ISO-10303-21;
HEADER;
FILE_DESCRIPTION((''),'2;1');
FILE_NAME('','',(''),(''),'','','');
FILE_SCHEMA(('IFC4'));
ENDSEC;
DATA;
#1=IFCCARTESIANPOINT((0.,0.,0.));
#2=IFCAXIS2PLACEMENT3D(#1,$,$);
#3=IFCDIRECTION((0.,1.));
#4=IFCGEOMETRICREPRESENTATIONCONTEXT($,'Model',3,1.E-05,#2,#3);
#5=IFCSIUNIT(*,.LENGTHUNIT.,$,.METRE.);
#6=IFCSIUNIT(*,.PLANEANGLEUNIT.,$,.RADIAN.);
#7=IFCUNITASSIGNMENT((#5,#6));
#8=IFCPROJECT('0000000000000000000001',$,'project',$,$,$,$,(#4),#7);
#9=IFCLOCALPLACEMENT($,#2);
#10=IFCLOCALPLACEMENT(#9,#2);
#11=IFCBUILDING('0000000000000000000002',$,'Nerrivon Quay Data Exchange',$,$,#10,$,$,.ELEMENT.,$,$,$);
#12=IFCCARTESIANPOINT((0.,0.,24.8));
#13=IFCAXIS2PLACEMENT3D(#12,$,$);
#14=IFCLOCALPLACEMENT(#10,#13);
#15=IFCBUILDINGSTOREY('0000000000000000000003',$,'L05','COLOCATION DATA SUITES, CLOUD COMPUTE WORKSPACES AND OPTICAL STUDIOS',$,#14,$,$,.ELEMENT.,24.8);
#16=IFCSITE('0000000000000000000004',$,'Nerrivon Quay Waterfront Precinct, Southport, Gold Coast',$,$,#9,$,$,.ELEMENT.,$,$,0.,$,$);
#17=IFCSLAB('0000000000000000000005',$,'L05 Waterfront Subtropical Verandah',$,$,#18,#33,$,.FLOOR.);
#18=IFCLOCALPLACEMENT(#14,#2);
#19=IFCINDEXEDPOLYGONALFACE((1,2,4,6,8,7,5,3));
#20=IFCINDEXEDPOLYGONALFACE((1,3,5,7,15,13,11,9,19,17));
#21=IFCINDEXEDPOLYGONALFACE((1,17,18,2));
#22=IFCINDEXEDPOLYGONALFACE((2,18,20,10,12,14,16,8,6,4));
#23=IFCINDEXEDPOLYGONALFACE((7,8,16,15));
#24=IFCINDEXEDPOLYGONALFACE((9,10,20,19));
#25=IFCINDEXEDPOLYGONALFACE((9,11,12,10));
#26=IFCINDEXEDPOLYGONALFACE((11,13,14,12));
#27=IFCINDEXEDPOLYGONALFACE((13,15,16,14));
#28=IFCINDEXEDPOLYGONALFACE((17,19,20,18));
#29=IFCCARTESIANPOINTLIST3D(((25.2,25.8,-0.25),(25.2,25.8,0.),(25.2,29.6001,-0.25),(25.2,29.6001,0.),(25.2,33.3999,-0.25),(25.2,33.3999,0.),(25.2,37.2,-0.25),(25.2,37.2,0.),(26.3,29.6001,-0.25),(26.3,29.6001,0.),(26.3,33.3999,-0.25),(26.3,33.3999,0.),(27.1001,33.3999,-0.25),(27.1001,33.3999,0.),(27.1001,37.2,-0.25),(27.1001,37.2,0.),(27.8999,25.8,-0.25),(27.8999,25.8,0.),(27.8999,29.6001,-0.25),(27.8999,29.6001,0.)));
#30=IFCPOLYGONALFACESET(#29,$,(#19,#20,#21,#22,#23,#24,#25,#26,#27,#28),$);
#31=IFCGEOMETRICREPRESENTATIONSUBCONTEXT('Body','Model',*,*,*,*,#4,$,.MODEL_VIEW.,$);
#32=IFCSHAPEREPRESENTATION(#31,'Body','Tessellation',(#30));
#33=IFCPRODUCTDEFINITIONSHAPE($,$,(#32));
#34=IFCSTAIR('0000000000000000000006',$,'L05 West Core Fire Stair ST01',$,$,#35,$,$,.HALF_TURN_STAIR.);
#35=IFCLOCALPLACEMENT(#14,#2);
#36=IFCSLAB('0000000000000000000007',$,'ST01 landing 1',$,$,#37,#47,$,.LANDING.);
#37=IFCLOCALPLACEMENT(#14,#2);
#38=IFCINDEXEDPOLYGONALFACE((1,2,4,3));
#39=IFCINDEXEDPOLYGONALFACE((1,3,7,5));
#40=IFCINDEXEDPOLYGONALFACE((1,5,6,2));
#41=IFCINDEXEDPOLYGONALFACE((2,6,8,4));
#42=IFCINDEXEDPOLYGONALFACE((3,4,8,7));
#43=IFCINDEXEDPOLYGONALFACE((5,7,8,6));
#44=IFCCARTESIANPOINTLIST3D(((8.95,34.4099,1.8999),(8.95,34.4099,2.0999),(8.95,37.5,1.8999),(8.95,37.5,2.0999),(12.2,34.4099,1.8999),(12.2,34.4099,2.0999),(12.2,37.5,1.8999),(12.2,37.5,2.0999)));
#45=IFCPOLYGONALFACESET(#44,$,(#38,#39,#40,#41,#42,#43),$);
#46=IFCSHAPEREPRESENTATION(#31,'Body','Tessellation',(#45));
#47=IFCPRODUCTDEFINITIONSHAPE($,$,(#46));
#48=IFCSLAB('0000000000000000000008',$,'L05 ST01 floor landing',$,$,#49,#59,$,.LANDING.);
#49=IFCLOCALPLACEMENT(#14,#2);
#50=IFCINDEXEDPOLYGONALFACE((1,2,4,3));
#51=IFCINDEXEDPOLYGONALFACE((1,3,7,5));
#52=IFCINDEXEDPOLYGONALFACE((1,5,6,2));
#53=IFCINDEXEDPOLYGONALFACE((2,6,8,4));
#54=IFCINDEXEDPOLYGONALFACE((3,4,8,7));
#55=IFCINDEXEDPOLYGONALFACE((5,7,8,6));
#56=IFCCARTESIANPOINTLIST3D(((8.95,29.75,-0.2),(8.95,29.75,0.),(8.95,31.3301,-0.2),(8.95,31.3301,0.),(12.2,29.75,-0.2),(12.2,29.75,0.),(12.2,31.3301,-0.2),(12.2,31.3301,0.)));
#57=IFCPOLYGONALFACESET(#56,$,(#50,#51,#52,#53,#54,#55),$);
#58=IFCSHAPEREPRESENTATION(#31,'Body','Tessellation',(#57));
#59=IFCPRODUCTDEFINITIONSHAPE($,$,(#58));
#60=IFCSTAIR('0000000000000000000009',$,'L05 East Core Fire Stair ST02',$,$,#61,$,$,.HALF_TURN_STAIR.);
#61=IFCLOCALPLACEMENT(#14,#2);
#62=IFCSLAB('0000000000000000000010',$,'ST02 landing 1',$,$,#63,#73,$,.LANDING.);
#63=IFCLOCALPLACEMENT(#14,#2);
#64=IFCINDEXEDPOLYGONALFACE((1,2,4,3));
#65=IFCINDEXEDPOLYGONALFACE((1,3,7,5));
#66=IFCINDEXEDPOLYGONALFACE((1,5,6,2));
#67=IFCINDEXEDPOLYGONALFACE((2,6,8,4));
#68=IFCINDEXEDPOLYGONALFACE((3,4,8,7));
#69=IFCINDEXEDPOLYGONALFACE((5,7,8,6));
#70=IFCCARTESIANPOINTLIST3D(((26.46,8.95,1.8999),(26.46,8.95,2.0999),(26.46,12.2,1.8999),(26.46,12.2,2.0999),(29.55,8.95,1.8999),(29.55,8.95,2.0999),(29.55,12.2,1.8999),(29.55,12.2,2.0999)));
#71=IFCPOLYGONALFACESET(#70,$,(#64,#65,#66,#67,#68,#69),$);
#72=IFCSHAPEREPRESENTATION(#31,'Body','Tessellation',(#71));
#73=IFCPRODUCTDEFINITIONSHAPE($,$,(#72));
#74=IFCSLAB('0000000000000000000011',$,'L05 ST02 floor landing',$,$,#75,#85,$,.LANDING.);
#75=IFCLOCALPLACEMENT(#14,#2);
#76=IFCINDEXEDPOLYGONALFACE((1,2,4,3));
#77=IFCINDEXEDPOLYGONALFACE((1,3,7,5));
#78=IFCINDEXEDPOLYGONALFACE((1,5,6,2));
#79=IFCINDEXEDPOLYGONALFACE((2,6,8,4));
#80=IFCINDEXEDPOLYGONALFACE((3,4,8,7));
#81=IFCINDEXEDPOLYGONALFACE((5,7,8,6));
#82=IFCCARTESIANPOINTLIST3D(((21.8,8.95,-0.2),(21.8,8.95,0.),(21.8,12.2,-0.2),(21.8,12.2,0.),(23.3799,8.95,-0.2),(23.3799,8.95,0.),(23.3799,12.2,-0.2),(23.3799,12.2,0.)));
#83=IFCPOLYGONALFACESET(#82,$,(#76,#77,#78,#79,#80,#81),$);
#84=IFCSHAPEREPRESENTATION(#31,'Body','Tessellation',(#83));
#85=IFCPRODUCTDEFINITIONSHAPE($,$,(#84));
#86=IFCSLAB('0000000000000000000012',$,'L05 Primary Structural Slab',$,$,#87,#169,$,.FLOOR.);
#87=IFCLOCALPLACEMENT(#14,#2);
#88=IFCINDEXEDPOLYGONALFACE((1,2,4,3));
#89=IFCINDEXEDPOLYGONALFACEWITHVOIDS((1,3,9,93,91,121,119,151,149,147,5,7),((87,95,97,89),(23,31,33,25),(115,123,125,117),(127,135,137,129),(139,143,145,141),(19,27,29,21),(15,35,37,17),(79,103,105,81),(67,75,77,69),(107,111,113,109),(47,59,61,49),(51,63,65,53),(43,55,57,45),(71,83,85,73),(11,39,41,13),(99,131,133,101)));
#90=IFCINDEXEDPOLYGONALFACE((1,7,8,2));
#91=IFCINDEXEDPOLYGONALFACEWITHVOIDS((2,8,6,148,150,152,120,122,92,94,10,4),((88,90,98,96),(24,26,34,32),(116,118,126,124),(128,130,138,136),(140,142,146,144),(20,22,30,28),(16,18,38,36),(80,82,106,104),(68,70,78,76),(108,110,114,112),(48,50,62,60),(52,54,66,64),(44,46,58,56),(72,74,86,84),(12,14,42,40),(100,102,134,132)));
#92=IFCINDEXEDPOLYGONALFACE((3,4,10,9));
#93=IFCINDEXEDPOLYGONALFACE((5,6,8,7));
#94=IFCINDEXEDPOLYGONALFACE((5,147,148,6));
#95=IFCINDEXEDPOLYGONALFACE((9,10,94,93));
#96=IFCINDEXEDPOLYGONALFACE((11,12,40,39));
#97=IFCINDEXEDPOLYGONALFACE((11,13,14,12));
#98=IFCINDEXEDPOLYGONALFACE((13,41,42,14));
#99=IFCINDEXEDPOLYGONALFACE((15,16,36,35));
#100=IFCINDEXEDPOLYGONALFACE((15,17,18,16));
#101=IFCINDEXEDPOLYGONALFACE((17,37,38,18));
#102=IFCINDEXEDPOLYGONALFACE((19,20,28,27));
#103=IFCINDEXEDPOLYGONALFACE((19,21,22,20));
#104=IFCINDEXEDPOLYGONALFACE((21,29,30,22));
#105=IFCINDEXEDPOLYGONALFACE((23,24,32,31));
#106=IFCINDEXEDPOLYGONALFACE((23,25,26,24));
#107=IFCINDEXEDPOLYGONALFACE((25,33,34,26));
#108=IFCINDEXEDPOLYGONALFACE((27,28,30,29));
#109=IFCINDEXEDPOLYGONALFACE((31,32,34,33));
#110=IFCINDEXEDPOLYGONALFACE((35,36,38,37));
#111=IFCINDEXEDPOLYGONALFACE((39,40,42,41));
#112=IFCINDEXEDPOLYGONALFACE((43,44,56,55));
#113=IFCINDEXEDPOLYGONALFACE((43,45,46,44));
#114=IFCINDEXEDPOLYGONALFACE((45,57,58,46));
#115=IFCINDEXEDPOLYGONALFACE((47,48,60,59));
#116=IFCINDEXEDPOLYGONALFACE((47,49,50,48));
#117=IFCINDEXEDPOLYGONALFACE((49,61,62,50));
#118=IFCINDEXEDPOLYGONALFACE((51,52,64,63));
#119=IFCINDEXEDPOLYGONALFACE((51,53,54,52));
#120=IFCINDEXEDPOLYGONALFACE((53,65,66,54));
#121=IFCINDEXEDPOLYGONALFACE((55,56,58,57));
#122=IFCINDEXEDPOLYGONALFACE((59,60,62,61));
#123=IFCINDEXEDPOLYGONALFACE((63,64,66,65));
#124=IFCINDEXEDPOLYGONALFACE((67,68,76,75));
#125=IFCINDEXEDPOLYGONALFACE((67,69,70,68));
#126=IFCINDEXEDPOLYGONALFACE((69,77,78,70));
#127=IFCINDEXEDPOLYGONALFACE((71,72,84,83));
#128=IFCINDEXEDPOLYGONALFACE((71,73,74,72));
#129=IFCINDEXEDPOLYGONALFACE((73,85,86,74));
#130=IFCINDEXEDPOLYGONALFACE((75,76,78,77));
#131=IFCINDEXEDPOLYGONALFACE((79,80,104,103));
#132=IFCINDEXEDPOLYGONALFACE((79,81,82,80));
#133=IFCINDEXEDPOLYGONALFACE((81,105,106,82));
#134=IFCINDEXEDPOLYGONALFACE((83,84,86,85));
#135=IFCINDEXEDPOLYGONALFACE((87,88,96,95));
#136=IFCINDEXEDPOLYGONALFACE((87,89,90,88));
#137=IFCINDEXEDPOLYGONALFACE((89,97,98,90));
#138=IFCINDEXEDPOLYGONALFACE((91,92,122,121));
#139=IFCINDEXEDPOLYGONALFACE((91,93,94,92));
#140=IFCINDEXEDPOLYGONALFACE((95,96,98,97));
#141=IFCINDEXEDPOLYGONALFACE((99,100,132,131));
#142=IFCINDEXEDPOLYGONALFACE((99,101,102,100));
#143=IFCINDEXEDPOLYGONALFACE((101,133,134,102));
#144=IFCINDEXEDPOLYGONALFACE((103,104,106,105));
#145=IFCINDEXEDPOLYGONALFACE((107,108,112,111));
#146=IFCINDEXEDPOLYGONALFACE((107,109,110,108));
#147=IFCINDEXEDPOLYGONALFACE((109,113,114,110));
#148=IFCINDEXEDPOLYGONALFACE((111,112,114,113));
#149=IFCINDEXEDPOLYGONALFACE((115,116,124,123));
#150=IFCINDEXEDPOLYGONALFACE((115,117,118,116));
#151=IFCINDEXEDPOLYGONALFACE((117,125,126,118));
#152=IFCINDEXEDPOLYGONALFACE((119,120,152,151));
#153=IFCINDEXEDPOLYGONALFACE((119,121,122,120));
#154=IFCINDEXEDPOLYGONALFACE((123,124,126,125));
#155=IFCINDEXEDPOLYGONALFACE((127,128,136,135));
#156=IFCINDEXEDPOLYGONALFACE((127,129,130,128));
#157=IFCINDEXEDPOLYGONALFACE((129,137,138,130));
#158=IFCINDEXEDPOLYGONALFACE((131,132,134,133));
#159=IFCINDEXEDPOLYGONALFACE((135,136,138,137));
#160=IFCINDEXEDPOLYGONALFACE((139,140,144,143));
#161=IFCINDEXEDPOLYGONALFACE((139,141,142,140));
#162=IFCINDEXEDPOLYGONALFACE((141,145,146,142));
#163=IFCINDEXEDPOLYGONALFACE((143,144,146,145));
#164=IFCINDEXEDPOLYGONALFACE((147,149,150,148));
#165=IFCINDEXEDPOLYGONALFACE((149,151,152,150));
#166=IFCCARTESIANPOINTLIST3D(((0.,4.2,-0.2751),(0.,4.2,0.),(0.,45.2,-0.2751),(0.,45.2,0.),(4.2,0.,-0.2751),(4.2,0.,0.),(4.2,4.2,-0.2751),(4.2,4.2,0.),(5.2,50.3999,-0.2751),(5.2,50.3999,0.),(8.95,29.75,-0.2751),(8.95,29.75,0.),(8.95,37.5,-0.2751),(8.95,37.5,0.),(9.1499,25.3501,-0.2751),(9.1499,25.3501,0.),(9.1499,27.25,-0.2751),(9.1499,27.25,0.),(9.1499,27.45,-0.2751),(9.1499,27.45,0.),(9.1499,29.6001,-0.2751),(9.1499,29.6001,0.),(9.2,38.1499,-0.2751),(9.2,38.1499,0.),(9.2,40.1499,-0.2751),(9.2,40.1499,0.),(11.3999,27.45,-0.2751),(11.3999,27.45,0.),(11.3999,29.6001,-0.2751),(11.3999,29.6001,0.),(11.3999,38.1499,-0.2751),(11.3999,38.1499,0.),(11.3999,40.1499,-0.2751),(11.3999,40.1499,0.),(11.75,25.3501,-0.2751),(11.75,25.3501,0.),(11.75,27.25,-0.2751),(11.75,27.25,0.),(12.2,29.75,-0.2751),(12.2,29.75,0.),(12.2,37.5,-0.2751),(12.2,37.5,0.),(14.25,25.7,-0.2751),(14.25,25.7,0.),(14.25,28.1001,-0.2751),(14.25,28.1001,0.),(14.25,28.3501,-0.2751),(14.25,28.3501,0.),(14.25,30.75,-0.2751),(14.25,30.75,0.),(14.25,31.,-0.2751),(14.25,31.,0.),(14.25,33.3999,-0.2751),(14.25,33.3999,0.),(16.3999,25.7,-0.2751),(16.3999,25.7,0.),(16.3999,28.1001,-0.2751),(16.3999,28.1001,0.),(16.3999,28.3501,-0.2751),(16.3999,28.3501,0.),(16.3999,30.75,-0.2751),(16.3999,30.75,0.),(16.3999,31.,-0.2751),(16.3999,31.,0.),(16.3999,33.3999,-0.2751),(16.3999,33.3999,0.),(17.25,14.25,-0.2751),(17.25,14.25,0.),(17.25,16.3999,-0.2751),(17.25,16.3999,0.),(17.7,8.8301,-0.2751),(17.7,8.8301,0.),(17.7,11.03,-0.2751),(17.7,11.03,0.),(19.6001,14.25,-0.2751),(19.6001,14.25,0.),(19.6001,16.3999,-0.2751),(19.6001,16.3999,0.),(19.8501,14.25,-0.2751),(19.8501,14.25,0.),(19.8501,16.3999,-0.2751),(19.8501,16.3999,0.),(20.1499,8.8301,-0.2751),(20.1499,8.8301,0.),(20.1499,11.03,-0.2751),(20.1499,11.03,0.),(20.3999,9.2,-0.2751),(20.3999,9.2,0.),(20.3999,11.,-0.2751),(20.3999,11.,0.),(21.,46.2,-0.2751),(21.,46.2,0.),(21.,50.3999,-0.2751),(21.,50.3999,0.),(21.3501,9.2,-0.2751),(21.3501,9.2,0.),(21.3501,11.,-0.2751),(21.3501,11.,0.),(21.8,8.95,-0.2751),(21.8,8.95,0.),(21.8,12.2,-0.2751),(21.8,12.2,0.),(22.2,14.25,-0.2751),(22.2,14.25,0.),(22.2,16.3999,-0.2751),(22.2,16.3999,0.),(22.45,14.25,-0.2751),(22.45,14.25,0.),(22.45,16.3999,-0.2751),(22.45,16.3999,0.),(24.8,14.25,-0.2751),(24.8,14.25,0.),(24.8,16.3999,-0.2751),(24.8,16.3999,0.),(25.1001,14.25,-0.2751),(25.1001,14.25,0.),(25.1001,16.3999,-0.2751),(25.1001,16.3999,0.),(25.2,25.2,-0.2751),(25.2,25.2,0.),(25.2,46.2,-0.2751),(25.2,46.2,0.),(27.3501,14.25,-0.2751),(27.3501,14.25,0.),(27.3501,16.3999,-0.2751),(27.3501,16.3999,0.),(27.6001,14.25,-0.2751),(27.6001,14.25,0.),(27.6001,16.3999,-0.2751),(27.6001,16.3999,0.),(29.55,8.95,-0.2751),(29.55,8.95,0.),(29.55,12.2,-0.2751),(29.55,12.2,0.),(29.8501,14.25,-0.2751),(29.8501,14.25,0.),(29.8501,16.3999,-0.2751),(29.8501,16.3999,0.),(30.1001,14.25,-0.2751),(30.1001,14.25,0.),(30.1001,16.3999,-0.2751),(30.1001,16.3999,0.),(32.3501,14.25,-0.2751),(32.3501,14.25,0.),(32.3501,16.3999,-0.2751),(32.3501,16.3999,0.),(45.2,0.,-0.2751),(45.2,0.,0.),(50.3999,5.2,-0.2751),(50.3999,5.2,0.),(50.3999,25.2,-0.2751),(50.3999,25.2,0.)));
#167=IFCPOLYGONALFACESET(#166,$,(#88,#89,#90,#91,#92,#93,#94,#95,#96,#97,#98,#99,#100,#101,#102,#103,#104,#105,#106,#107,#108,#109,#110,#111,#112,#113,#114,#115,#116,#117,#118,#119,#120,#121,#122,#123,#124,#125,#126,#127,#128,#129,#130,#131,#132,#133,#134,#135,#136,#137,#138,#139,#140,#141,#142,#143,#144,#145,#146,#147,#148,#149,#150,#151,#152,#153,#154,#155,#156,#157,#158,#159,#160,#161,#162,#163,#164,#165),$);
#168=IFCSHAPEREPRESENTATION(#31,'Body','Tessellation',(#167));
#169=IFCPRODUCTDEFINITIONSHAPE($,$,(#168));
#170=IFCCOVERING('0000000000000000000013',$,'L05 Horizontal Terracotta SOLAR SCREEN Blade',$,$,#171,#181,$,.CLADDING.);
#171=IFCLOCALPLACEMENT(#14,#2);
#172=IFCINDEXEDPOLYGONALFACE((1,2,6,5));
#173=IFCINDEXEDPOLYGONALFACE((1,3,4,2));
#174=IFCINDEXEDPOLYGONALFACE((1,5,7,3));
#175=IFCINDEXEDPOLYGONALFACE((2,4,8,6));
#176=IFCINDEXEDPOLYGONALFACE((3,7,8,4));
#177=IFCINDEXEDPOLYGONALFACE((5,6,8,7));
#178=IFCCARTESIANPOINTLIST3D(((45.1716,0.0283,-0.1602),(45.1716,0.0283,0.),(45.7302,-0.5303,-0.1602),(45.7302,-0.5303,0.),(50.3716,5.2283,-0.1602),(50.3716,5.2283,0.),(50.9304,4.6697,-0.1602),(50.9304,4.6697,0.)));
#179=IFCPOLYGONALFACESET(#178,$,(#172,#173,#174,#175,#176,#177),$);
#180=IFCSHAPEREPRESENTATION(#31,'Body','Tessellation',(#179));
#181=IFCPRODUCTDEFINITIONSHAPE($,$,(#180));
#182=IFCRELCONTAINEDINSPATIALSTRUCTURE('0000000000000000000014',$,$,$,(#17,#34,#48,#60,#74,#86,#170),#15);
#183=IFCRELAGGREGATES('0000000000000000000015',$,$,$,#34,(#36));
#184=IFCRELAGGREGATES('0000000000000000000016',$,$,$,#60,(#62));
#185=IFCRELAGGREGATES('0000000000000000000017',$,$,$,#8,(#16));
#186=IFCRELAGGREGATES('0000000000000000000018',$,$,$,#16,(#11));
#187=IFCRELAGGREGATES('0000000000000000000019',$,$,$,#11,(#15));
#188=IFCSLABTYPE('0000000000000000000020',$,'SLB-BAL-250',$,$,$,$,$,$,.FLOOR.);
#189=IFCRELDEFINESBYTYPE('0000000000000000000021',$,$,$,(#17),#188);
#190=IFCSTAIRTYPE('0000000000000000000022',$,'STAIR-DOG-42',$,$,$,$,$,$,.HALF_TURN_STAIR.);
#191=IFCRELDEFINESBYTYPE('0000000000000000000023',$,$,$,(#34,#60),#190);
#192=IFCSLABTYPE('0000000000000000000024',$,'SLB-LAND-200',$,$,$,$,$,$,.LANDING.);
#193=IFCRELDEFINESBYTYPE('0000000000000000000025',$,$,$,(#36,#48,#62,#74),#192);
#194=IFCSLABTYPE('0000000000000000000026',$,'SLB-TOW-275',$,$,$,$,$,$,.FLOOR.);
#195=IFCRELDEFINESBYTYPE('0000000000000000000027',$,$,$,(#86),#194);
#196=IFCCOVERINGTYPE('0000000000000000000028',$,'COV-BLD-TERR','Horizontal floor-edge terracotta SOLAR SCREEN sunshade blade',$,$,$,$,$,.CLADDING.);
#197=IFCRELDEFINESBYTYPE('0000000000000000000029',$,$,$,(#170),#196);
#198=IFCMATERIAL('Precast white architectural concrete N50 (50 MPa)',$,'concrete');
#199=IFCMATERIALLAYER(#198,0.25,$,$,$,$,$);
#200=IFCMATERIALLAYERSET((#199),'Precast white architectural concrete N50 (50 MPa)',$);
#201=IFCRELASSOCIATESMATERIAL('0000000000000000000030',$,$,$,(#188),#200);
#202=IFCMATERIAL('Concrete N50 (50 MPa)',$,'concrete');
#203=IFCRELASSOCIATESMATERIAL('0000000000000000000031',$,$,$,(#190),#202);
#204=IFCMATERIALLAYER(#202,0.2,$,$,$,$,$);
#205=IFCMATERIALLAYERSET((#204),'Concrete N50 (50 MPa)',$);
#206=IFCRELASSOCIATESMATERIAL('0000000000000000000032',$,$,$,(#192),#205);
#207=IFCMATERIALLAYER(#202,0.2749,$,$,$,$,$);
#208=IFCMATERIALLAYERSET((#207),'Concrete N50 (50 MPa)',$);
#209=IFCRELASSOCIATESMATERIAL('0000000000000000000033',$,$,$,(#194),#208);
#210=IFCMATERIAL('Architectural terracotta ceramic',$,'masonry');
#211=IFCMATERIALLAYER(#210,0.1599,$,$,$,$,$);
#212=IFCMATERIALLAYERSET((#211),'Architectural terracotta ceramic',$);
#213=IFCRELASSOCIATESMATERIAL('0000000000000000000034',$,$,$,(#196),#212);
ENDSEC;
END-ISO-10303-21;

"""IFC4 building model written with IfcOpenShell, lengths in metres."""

from ifc_helpers import new_model, si_unit, direction, frame, origin, place, context, subcontext, project, spatial, polyline, outline, extrude, material, layer, layer_set, type_object, element, aggregate, save


model = new_model("IFC4")

# Units and contexts
model_context = context("Model", 3, precision=1e-05, world=origin(), true_north=direction((0.0, 1.0)))
body_context = subcontext(model_context, "Body", "Model", "MODEL_VIEW")
ifc_project = project(units=[si_unit("LENGTHUNIT", "METRE"), si_unit("PLANEANGLEUNIT", "RADIAN")], contexts=[model_context])

# Site, building, storey
site_placement = place(None, origin())
site = spatial("IfcSite", under=ifc_project, at=site_placement, Name="Nerrivon Quay Waterfront Precinct, Southport, Gold Coast", CompositionType="ELEMENT", RefElevation=0.0)
building_placement = place(site_placement, origin())
building = spatial("IfcBuilding", under=site, at=building_placement, Name="Nerrivon Quay Data Exchange", CompositionType="ELEMENT")
storey_placement = place(building_placement, frame((0.0, 0.0, 24.8)))
storey = spatial("IfcBuildingStorey", under=building, at=storey_placement, Name="L05", Description="COLOCATION DATA SUITES, CLOUD COMPUTE WORKSPACES AND OPTICAL STUDIOS", CompositionType="ELEMENT", Elevation=24.8)

# Slab
ifc_material_1 = material(Name="Precast white architectural concrete N50 (50 MPa)", Category="concrete")
ifc_layer_1 = layer(ifc_material_1, 0.25)
ifc_layer_set_1 = layer_set([ifc_layer_1], Name="Precast white architectural concrete N50 (50 MPa)")
slab_type_1 = type_object("IfcSlabType", Name="SLB-BAL-250", PredefinedType="FLOOR", material=ifc_layer_set_1)
slab_1_placement = place(storey_placement, frame((0.0, 0.0, -0.25)))
element("IfcSlab", 1, at=slab_1_placement, inside=storey, type_object=slab_type_1, Name="L05 Waterfront Subtropical Verandah", PredefinedType="FLOOR", context=body_context, shape_type="SweptSolid", body=[
    extrude(outline(polyline([(26.3, 29.6001), (26.3, 33.3999), (27.1001, 33.3999), (27.1001, 37.2), (25.2, 37.2), (25.2, 33.3999), (25.2, 29.6001), (25.2, 25.8), (27.8999, 25.8), (27.8999, 29.6001), (26.3, 29.6001)])), origin(), (0.0, 0.0, 1.0), 0.25),
])

# Stair, slab
ifc_material_2 = material(Name="Concrete N50 (50 MPa)", Category="concrete")
stair_type = type_object("IfcStairType", Name="STAIR-DOG-42", PredefinedType="HALF_TURN_STAIR", material=ifc_material_2)
stair_1_placement = place(storey_placement, origin())
stair_1 = element("IfcStair", 2, at=stair_1_placement, inside=storey, type_object=stair_type, Name="L05 West Core Fire Stair ST01", PredefinedType="HALF_TURN_STAIR")
ifc_layer_2 = layer(ifc_material_2, 0.2)
ifc_layer_set_2 = layer_set([ifc_layer_2], Name="Concrete N50 (50 MPa)")
slab_type_2 = type_object("IfcSlabType", Name="SLB-LAND-200", PredefinedType="LANDING", material=ifc_layer_set_2)
slab_2_placement = place(storey_placement, frame((0.0, 0.0, 1.8999)))
slab_2 = element("IfcSlab", 3, at=slab_2_placement, type_object=slab_type_2, Name="ST01 landing 1", PredefinedType="LANDING", context=body_context, shape_type="SweptSolid", body=[
    extrude(outline(polyline([(12.2, 34.4099), (12.2, 37.5), (8.95, 37.5), (8.95, 34.4099), (12.2, 34.4099)])), origin(), (0.0, 0.0, 1.0), 0.2),
])
aggregate(stair_1, [slab_2])

# Slab
slab_3_placement = place(storey_placement, frame((0.0, 0.0, -0.2)))
element("IfcSlab", 4, at=slab_3_placement, inside=storey, type_object=slab_type_2, Name="L05 ST01 floor landing", PredefinedType="LANDING", context=body_context, shape_type="SweptSolid", body=[
    extrude(outline(polyline([(12.2, 29.75), (12.2, 31.3301), (8.95, 31.3301), (8.95, 29.75), (12.2, 29.75)])), origin(), (0.0, 0.0, 1.0), 0.2),
])

# Stair, slab
stair_2_placement = place(storey_placement, origin())
stair_2 = element("IfcStair", 5, at=stair_2_placement, inside=storey, type_object=stair_type, Name="L05 East Core Fire Stair ST02", PredefinedType="HALF_TURN_STAIR")
slab_4_placement = place(storey_placement, frame((0.0, 0.0, 1.8999)))
slab_4 = element("IfcSlab", 6, at=slab_4_placement, type_object=slab_type_2, Name="ST02 landing 1", PredefinedType="LANDING", context=body_context, shape_type="SweptSolid", body=[
    extrude(outline(polyline([(26.46, 8.95), (29.55, 8.95), (29.55, 12.2), (26.46, 12.2), (26.46, 8.95)])), origin(), (0.0, 0.0, 1.0), 0.2),
])
aggregate(stair_2, [slab_4])

# Slabs
slab_5_placement = place(storey_placement, frame((0.0, 0.0, -0.2)))
element("IfcSlab", 7, at=slab_5_placement, inside=storey, type_object=slab_type_2, Name="L05 ST02 floor landing", PredefinedType="LANDING", context=body_context, shape_type="SweptSolid", body=[
    extrude(outline(polyline([(21.8, 8.95), (23.3799, 8.95), (23.3799, 12.2), (21.8, 12.2), (21.8, 8.95)])), origin(), (0.0, 0.0, 1.0), 0.2),
])
ifc_layer_3 = layer(ifc_material_2, 0.2749)
ifc_layer_set_3 = layer_set([ifc_layer_3], Name="Concrete N50 (50 MPa)")
slab_type_3 = type_object("IfcSlabType", Name="SLB-TOW-275", PredefinedType="FLOOR", material=ifc_layer_set_3)
slab_6_placement = place(storey_placement, frame((0.0, 0.0, -0.2751)))
element("IfcSlab", 8, at=slab_6_placement, inside=storey, type_object=slab_type_3, Name="L05 Primary Structural Slab", PredefinedType="FLOOR", context=body_context, shape_type="SweptSolid", body=[
    extrude(outline(polyline([(50.3999, 25.2), (25.2, 25.2), (25.2, 46.2), (21.0, 46.2), (21.0, 50.3999), (5.2, 50.3999), (0.0, 45.2), (0.0, 4.2), (4.2, 4.2), (4.2, 0.0), (45.2, 0.0), (50.3999, 5.2), (50.3999, 25.2)]), holes=[polyline([(8.95, 29.75), (8.95, 37.5), (12.2, 37.5), (12.2, 29.75), (8.95, 29.75)]), polyline([(21.8, 12.2), (29.55, 12.2), (29.55, 8.95), (21.8, 8.95), (21.8, 12.2)]), polyline([(30.1001, 16.3999), (32.3501, 16.3999), (32.3501, 14.25), (30.1001, 14.25), (30.1001, 16.3999)]), polyline([(27.6001, 16.3999), (29.8501, 16.3999), (29.8501, 14.25), (27.6001, 14.25), (27.6001, 16.3999)]), polyline([(25.1001, 16.3999), (27.3501, 16.3999), (27.3501, 14.25), (25.1001, 14.25), (25.1001, 16.3999)]), polyline([(22.45, 16.3999), (24.8, 16.3999), (24.8, 14.25), (22.45, 14.25), (22.45, 16.3999)]), polyline([(19.8501, 16.3999), (22.2, 16.3999), (22.2, 14.25), (19.8501, 14.25), (19.8501, 16.3999)]), polyline([(20.3999, 11.0), (21.3501, 11.0), (21.3501, 9.2), (20.3999, 9.2), (20.3999, 11.0)]), polyline([(17.7, 8.8301), (17.7, 11.03), (20.1499, 11.03), (20.1499, 8.8301), (17.7, 8.8301)]), polyline([(17.25, 14.25), (17.25, 16.3999), (19.6001, 16.3999), (19.6001, 14.25), (17.25, 14.25)]), polyline([(14.25, 28.1001), (16.3999, 28.1001), (16.3999, 25.7), (14.25, 25.7), (14.25, 28.1001)]), polyline([(14.25, 30.75), (16.3999, 30.75), (16.3999, 28.3501), (14.25, 28.3501), (14.25, 30.75)]), polyline([(14.25, 33.3999), (16.3999, 33.3999), (16.3999, 31.0), (14.25, 31.0), (14.25, 33.3999)]), polyline([(9.1499, 27.25), (11.75, 27.25), (11.75, 25.3501), (9.1499, 25.3501), (9.1499, 27.25)]), polyline([(9.1499, 29.6001), (11.3999, 29.6001), (11.3999, 27.45), (9.1499, 27.45), (9.1499, 29.6001)]), polyline([(9.2, 40.1499), (11.3999, 40.1499), (11.3999, 38.1499), (9.2, 38.1499), (9.2, 40.1499)])]), origin(), (0.0, 0.0, 1.0), 0.2751),
])

# Covering
ifc_material_3 = material(Name="Architectural terracotta ceramic", Category="masonry")
ifc_layer_4 = layer(ifc_material_3, 0.1599)
ifc_layer_set_4 = layer_set([ifc_layer_4], Name="Architectural terracotta ceramic")
covering_type = type_object("IfcCoveringType", Name="COV-BLD-TERR", Description="Horizontal floor-edge terracotta SOLAR SCREEN sunshade blade", PredefinedType="CLADDING", material=ifc_layer_set_4)
covering_1_placement = place(storey_placement, frame((0.0, 0.0, -0.1602)))
element("IfcCovering", 9, at=covering_1_placement, inside=storey, type_object=covering_type, Name="L05 Horizontal Terracotta SOLAR SCREEN Blade", PredefinedType="CLADDING", context=body_context, shape_type="SweptSolid", body=[
    extrude(outline(polyline([(50.3716, 5.2283), (45.1716, 0.0283), (45.7302, -0.5303), (50.9304, 4.6697), (50.3716, 5.2283)])), origin(), (0.0, 0.0, 1.0), 0.1602),
])

save(model, "model.ifc")
